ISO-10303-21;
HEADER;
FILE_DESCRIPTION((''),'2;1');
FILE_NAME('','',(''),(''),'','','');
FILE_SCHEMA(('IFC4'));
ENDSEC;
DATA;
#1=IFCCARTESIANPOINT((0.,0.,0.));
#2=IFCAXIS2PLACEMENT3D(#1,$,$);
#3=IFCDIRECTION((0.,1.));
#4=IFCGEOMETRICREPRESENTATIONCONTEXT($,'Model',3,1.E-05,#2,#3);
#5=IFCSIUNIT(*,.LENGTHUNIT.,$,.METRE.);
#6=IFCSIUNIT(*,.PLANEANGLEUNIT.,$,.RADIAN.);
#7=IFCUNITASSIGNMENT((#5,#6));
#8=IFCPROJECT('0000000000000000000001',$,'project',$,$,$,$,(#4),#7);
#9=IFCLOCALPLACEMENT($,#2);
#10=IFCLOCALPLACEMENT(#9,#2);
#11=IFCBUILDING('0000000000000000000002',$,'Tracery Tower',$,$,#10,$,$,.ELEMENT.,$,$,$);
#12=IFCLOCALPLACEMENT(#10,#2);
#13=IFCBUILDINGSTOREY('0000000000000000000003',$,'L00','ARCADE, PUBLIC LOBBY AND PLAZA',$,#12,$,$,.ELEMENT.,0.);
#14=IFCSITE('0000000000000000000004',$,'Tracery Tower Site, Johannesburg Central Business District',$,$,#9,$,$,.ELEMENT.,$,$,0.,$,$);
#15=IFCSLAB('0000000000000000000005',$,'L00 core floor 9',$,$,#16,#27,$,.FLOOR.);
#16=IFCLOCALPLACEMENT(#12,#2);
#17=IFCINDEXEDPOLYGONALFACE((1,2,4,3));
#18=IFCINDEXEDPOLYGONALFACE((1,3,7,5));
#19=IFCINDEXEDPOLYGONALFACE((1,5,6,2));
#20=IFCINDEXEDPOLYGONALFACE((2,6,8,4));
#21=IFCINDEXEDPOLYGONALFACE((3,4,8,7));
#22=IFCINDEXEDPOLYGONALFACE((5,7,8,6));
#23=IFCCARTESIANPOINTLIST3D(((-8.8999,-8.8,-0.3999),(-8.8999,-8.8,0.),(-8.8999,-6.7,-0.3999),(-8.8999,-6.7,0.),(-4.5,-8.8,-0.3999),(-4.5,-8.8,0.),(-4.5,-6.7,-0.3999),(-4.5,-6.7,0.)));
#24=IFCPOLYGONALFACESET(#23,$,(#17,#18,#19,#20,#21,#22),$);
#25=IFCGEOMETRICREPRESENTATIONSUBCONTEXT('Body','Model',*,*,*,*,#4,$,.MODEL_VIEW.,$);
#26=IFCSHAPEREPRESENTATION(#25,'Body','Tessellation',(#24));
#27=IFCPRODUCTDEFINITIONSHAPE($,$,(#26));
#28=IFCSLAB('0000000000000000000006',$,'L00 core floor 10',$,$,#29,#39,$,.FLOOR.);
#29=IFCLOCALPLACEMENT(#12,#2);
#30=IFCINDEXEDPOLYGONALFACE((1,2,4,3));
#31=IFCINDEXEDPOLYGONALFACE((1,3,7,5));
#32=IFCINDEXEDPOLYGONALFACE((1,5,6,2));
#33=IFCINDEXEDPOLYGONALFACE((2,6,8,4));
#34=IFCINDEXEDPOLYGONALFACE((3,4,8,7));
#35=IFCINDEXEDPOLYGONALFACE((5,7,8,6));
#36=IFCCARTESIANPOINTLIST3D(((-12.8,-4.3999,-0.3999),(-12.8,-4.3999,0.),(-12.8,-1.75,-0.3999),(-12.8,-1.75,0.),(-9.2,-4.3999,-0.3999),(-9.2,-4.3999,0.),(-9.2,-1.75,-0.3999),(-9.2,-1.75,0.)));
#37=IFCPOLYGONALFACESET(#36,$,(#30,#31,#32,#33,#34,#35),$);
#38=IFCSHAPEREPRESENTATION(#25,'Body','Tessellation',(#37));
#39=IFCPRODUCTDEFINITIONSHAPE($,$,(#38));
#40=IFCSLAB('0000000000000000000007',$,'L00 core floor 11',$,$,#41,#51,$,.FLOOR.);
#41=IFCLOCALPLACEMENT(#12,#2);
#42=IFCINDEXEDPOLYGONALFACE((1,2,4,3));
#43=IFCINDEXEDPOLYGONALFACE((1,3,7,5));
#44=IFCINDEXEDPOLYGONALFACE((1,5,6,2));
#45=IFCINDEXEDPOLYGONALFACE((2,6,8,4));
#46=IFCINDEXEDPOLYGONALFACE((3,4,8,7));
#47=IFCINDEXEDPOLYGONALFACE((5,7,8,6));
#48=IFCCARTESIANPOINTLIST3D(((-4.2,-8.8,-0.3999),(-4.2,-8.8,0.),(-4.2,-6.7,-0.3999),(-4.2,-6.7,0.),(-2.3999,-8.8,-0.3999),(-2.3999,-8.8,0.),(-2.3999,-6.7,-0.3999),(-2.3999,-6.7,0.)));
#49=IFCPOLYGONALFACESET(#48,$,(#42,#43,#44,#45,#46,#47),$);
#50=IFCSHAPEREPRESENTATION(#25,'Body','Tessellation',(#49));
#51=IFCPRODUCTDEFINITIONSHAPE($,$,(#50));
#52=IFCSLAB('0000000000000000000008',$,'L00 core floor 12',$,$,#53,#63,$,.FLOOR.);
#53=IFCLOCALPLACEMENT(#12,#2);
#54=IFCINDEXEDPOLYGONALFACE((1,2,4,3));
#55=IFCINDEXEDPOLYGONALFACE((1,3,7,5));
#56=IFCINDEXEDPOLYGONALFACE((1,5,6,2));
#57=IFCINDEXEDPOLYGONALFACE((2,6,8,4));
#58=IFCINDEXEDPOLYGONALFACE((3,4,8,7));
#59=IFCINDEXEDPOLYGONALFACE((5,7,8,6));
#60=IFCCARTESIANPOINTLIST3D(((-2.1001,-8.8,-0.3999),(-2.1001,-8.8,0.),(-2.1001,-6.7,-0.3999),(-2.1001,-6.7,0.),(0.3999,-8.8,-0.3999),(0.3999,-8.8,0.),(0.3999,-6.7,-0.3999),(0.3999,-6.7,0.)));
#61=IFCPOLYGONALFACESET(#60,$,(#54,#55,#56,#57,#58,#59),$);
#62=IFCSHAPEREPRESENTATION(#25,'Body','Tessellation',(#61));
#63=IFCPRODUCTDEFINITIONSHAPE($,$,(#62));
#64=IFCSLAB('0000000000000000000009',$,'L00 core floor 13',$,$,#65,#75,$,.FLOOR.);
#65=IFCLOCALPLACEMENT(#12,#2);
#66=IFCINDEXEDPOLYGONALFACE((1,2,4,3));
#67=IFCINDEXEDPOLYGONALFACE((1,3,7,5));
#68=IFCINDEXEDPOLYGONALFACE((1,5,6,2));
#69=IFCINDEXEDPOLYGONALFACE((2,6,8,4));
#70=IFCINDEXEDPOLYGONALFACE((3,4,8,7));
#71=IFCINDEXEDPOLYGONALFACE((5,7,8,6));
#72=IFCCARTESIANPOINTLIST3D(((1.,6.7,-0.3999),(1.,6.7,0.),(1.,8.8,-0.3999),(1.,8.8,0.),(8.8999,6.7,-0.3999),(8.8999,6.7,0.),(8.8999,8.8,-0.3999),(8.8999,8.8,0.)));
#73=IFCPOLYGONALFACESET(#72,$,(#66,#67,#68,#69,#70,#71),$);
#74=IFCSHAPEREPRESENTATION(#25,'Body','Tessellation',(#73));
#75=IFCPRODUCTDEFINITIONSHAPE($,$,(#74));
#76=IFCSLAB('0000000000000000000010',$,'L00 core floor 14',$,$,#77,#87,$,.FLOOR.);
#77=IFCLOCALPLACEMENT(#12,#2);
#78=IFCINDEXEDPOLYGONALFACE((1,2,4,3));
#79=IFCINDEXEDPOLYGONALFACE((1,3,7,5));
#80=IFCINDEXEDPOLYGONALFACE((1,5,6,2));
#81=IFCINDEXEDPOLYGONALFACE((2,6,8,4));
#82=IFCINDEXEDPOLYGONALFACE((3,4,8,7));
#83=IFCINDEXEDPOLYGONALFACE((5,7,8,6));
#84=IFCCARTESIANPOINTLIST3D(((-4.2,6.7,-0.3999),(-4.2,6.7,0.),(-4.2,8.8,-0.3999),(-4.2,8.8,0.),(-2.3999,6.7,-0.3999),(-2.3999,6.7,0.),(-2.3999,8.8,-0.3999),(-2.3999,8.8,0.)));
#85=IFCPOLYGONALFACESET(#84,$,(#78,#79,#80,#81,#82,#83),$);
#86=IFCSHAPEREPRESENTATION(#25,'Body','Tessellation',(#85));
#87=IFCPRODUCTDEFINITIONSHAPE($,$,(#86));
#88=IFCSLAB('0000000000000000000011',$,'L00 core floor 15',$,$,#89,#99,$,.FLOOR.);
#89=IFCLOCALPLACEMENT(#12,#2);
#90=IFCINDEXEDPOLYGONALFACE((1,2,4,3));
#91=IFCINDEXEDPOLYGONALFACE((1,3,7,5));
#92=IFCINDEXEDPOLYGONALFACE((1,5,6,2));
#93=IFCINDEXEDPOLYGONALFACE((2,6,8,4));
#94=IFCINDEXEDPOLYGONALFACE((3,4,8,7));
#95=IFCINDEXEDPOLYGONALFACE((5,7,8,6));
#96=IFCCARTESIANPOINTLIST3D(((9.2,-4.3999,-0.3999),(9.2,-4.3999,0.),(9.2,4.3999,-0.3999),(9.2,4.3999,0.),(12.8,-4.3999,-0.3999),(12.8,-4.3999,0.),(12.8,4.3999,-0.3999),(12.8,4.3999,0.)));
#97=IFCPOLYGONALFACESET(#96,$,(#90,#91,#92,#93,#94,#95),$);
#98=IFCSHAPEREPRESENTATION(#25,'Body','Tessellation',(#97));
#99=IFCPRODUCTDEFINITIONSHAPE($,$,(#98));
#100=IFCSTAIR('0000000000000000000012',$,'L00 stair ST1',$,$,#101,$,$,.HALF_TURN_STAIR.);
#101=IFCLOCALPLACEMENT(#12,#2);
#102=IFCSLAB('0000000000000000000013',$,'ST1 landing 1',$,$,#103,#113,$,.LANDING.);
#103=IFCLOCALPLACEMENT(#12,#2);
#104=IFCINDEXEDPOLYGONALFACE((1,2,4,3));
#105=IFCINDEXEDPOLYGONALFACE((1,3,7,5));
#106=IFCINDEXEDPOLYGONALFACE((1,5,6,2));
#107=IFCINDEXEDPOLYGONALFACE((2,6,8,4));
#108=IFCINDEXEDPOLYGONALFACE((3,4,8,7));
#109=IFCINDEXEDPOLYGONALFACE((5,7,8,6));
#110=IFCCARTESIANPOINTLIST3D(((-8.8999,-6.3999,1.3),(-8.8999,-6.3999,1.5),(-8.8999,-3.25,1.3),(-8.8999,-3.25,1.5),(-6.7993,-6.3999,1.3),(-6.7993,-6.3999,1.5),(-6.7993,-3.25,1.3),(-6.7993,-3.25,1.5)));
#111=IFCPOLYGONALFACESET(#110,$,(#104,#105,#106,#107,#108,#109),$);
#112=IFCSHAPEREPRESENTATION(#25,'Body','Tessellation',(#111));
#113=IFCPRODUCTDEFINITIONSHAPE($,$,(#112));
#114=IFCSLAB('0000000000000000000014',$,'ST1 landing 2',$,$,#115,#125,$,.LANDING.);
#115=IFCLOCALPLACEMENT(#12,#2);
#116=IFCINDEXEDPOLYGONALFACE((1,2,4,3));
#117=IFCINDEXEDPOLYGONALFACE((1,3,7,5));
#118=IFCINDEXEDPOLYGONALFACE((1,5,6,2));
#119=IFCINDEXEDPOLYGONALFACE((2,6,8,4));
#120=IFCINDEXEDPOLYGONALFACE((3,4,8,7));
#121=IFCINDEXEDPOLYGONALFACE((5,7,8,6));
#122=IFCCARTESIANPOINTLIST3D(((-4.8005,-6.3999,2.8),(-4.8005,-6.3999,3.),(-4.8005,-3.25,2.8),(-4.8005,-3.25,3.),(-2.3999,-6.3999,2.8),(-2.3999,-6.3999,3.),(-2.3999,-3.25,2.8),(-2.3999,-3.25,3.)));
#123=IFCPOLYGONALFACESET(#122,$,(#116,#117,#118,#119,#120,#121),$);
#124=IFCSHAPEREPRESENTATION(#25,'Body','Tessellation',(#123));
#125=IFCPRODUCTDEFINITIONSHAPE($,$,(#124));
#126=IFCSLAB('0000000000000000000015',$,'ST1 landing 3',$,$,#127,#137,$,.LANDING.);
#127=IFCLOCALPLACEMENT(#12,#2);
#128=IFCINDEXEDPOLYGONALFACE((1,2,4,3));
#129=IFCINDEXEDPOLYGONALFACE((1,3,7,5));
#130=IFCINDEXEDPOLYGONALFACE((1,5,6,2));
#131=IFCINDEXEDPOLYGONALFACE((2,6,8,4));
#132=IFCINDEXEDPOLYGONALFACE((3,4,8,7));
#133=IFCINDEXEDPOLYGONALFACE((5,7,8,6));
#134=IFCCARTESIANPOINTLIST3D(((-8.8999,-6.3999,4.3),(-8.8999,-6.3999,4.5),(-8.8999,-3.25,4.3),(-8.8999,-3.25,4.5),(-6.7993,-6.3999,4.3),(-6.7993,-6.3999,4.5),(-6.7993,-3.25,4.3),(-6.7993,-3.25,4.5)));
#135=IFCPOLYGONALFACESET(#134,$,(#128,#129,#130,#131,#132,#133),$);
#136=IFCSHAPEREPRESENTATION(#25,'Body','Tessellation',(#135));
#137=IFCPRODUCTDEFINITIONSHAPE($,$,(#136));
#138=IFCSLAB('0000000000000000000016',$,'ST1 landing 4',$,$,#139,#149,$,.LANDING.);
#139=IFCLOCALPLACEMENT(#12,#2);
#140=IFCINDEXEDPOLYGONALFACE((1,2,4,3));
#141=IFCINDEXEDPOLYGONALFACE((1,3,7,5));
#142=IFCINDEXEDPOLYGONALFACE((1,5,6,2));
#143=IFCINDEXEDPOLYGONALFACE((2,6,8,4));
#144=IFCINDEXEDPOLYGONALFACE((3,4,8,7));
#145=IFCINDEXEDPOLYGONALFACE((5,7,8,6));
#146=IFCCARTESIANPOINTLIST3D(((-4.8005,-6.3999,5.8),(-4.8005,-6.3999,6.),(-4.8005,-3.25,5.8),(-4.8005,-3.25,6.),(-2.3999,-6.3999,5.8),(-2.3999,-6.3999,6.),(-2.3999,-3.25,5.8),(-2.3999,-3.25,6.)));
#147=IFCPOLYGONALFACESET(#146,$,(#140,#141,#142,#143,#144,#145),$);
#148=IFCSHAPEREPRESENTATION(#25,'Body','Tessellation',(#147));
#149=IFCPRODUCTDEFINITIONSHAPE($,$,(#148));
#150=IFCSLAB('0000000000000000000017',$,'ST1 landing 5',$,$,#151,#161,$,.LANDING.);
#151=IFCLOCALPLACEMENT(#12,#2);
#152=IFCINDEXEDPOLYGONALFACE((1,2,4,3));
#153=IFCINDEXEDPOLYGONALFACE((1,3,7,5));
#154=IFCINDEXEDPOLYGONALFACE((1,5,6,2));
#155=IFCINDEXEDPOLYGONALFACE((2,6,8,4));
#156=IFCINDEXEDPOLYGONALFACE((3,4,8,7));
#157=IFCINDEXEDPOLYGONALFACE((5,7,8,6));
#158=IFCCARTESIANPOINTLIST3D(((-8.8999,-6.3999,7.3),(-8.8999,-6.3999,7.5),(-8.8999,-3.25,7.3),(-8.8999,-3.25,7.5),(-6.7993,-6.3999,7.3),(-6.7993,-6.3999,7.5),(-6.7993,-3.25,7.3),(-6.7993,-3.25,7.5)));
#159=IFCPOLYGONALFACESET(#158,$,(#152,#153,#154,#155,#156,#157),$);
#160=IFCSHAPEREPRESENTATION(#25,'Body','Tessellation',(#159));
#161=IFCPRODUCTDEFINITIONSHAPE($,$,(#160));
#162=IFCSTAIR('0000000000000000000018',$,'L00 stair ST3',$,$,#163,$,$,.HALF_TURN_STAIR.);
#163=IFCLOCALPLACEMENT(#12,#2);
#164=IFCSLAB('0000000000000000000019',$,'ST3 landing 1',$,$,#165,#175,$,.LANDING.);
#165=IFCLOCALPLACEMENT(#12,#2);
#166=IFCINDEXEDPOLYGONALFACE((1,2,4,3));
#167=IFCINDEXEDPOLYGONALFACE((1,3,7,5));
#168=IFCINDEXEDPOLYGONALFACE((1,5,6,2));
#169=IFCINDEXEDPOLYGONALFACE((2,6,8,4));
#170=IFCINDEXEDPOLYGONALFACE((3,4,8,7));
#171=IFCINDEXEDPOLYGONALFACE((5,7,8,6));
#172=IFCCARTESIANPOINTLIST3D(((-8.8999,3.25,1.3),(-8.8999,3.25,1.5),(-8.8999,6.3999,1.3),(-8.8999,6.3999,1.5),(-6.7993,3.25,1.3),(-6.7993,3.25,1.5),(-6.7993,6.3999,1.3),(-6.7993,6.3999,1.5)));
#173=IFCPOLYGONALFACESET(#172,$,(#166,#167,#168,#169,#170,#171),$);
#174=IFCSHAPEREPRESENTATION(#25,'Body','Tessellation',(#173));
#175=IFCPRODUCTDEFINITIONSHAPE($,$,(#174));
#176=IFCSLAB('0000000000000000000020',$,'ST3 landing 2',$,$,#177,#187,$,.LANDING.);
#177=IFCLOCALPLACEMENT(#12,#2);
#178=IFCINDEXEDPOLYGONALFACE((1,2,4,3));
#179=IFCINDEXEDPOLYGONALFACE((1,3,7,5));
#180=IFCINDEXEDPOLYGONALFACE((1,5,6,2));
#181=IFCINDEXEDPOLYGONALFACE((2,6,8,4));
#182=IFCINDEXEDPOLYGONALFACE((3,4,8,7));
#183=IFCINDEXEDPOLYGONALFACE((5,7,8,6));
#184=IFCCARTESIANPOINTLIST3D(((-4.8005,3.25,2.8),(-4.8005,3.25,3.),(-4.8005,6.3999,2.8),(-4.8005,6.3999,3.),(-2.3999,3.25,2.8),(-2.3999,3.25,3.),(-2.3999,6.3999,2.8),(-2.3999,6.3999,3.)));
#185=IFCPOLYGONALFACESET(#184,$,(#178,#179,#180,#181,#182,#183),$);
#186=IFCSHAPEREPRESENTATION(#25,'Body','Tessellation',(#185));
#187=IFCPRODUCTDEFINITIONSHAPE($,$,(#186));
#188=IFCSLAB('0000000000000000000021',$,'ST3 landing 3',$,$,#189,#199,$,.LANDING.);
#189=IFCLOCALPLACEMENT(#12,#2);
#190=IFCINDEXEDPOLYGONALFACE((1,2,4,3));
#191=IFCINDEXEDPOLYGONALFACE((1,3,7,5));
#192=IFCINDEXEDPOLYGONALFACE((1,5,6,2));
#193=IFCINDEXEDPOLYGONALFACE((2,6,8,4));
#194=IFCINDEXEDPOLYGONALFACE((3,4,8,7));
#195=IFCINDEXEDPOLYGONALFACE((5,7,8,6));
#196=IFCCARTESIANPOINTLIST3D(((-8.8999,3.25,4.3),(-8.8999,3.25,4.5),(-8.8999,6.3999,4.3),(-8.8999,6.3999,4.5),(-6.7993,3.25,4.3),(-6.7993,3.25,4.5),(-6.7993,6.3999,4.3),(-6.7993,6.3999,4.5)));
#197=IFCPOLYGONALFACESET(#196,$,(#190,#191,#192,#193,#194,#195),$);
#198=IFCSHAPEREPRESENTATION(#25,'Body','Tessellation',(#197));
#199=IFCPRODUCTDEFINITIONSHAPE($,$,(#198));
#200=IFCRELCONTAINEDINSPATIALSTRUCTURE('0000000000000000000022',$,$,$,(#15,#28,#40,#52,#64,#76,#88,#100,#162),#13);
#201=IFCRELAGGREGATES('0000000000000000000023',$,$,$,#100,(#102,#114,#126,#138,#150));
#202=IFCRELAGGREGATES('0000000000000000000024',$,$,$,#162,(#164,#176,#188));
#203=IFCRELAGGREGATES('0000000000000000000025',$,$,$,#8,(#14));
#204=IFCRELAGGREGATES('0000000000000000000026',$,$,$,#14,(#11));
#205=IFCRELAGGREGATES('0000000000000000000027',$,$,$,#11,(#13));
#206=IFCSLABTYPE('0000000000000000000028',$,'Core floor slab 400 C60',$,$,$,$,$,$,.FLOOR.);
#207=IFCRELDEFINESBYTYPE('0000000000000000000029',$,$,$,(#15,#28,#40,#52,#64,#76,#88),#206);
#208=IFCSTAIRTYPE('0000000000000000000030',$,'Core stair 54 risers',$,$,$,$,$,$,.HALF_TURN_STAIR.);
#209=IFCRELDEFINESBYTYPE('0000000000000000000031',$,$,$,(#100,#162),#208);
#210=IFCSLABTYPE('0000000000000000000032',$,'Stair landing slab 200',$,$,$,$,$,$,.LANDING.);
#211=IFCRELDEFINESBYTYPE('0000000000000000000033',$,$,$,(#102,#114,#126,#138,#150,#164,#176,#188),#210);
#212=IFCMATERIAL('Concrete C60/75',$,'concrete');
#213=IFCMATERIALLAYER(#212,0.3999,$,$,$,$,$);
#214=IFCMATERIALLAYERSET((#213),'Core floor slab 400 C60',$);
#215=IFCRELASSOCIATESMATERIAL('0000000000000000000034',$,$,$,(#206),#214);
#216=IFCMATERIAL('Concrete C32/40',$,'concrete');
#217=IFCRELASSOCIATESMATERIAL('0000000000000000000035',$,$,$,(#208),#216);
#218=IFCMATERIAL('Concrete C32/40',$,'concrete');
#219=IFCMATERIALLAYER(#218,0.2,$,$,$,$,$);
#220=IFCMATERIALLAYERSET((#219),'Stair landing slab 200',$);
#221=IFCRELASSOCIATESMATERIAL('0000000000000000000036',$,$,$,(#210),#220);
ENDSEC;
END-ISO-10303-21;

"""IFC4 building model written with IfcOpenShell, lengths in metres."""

from ifc_helpers import new_model, si_unit, direction, frame, origin, place, context, subcontext, project, spatial, polyline, outline, extrude, material, layer, layer_set, type_object, element, aggregate, save


model = new_model("IFC4")

# Units and contexts
model_context = context("Model", 3, precision=1e-05, world=origin(), true_north=direction((0.0, 1.0)))
body_context = subcontext(model_context, "Body", "Model", "MODEL_VIEW")
ifc_project = project(units=[si_unit("LENGTHUNIT", "METRE"), si_unit("PLANEANGLEUNIT", "RADIAN")], contexts=[model_context])

# Site, building, storey
site_placement = place(None, origin())
site = spatial("IfcSite", under=ifc_project, at=site_placement, Name="Tracery Tower Site, Johannesburg Central Business District", CompositionType="ELEMENT", RefElevation=0.0)
building_placement = place(site_placement, origin())
building = spatial("IfcBuilding", under=site, at=building_placement, Name="Tracery Tower", CompositionType="ELEMENT")
storey_placement = place(building_placement, origin())
storey = spatial("IfcBuildingStorey", under=building, at=storey_placement, Name="L00", Description="ARCADE, PUBLIC LOBBY AND PLAZA", CompositionType="ELEMENT", Elevation=0.0)

# Slabs
ifc_material_1 = material(Name="Concrete C60/75", Category="concrete")
ifc_layer_1 = layer(ifc_material_1, 0.3999)
ifc_layer_set_1 = layer_set([ifc_layer_1], Name="Core floor slab 400 C60")
slab_type_1 = type_object("IfcSlabType", Name="Core floor slab 400 C60", PredefinedType="FLOOR", material=ifc_layer_set_1)
slab_1_placement = place(storey_placement, frame((0.0, 0.0, -0.3999)))
element("IfcSlab", 1, at=slab_1_placement, inside=storey, type_object=slab_type_1, Name="L00 core floor 9", PredefinedType="FLOOR", context=body_context, shape_type="SweptSolid", body=[
    extrude(outline(polyline([(-8.8999, -8.8), (-8.8999, -6.7), (-4.5, -6.7), (-4.5, -8.8), (-8.8999, -8.8)])), origin(), (0.0, 0.0, 1.0), 0.3999),
])
slab_2_placement = place(storey_placement, frame((0.0, 0.0, -0.3999)))
element("IfcSlab", 2, at=slab_2_placement, inside=storey, type_object=slab_type_1, Name="L00 core floor 10", PredefinedType="FLOOR", context=body_context, shape_type="SweptSolid", body=[
    extrude(outline(polyline([(-12.8, -4.3999), (-12.8, -1.75), (-9.2, -1.75), (-9.2, -4.3999), (-12.8, -4.3999)])), origin(), (0.0, 0.0, 1.0), 0.3999),
])
slab_3_placement = place(storey_placement, frame((0.0, 0.0, -0.3999)))
element("IfcSlab", 3, at=slab_3_placement, inside=storey, type_object=slab_type_1, Name="L00 core floor 11", PredefinedType="FLOOR", context=body_context, shape_type="SweptSolid", body=[
    extrude(outline(polyline([(-2.3999, -6.7), (-2.3999, -8.8), (-4.2, -8.8), (-4.2, -6.7), (-2.3999, -6.7)])), origin(), (0.0, 0.0, 1.0), 0.3999),
])
slab_4_placement = place(storey_placement, frame((0.0, 0.0, -0.3999)))
element("IfcSlab", 4, at=slab_4_placement, inside=storey, type_object=slab_type_1, Name="L00 core floor 12", PredefinedType="FLOOR", context=body_context, shape_type="SweptSolid", body=[
    extrude(outline(polyline([(0.3999, -6.7), (0.3999, -8.8), (-2.1001, -8.8), (-2.1001, -6.7), (0.3999, -6.7)])), origin(), (0.0, 0.0, 1.0), 0.3999),
])
slab_5_placement = place(storey_placement, frame((0.0, 0.0, -0.3999)))
element("IfcSlab", 5, at=slab_5_placement, inside=storey, type_object=slab_type_1, Name="L00 core floor 13", PredefinedType="FLOOR", context=body_context, shape_type="SweptSolid", body=[
    extrude(outline(polyline([(1.0, 8.8), (8.8999, 8.8), (8.8999, 6.7), (1.0, 6.7), (1.0, 8.8)])), origin(), (0.0, 0.0, 1.0), 0.3999),
])
slab_6_placement = place(storey_placement, frame((0.0, 0.0, -0.3999)))
element("IfcSlab", 6, at=slab_6_placement, inside=storey, type_object=slab_type_1, Name="L00 core floor 14", PredefinedType="FLOOR", context=body_context, shape_type="SweptSolid", body=[
    extrude(outline(polyline([(-2.3999, 8.8), (-2.3999, 6.7), (-4.2, 6.7), (-4.2, 8.8), (-2.3999, 8.8)])), origin(), (0.0, 0.0, 1.0), 0.3999),
])
slab_7_placement = place(storey_placement, frame((0.0, 0.0, -0.3999)))
element("IfcSlab", 7, at=slab_7_placement, inside=storey, type_object=slab_type_1, Name="L00 core floor 15", PredefinedType="FLOOR", context=body_context, shape_type="SweptSolid", body=[
    extrude(outline(polyline([(12.8, -4.3999), (9.2, -4.3999), (9.2, 4.3999), (12.8, 4.3999), (12.8, -4.3999)])), origin(), (0.0, 0.0, 1.0), 0.3999),
])

# Stairs, slabs
ifc_material_2 = material(Name="Concrete C32/40", Category="concrete")
stair_type = type_object("IfcStairType", Name="Core stair 54 risers", PredefinedType="HALF_TURN_STAIR", material=ifc_material_2)
stair_1_placement = place(storey_placement, origin())
stair_1 = element("IfcStair", 8, at=stair_1_placement, inside=storey, type_object=stair_type, Name="L00 stair ST1", PredefinedType="HALF_TURN_STAIR")
ifc_material_3 = material(Name="Concrete C32/40", Category="concrete")
ifc_layer_2 = layer(ifc_material_3, 0.2)
ifc_layer_set_2 = layer_set([ifc_layer_2], Name="Stair landing slab 200")
slab_type_2 = type_object("IfcSlabType", Name="Stair landing slab 200", PredefinedType="LANDING", material=ifc_layer_set_2)
slab_8_placement = place(storey_placement, frame((0.0, 0.0, 1.3)))
slab_8 = element("IfcSlab", 9, at=slab_8_placement, type_object=slab_type_2, Name="ST1 landing 1", PredefinedType="LANDING", context=body_context, shape_type="SweptSolid", body=[
    extrude(outline(polyline([(-6.7993, -3.25), (-8.8999, -3.25), (-8.8999, -6.3999), (-6.7993, -6.3999), (-6.7993, -3.25)])), origin(), (0.0, 0.0, 1.0), 0.2),
])
slab_9_placement = place(storey_placement, frame((0.0, 0.0, 2.8)))
slab_9 = element("IfcSlab", 10, at=slab_9_placement, type_object=slab_type_2, Name="ST1 landing 2", PredefinedType="LANDING", context=body_context, shape_type="SweptSolid", body=[
    extrude(outline(polyline([(-2.3999, -3.25), (-4.8005, -3.25), (-4.8005, -6.3999), (-2.3999, -6.3999), (-2.3999, -3.25)])), origin(), (0.0, 0.0, 1.0), 0.2),
])
slab_10_placement = place(storey_placement, frame((0.0, 0.0, 4.3)))
slab_10 = element("IfcSlab", 11, at=slab_10_placement, type_object=slab_type_2, Name="ST1 landing 3", PredefinedType="LANDING", context=body_context, shape_type="SweptSolid", body=[
    extrude(outline(polyline([(-6.7993, -3.25), (-8.8999, -3.25), (-8.8999, -6.3999), (-6.7993, -6.3999), (-6.7993, -3.25)])), origin(), (0.0, 0.0, 1.0), 0.2),
])
slab_11_placement = place(storey_placement, frame((0.0, 0.0, 5.8)))
slab_11 = element("IfcSlab", 12, at=slab_11_placement, type_object=slab_type_2, Name="ST1 landing 4", PredefinedType="LANDING", context=body_context, shape_type="SweptSolid", body=[
    extrude(outline(polyline([(-2.3999, -3.25), (-4.8005, -3.25), (-4.8005, -6.3999), (-2.3999, -6.3999), (-2.3999, -3.25)])), origin(), (0.0, 0.0, 1.0), 0.2),
])
slab_12_placement = place(storey_placement, frame((0.0, 0.0, 7.3)))
slab_12 = element("IfcSlab", 13, at=slab_12_placement, type_object=slab_type_2, Name="ST1 landing 5", PredefinedType="LANDING", context=body_context, shape_type="SweptSolid", body=[
    extrude(outline(polyline([(-6.7993, -3.25), (-8.8999, -3.25), (-8.8999, -6.3999), (-6.7993, -6.3999), (-6.7993, -3.25)])), origin(), (0.0, 0.0, 1.0), 0.2),
])
aggregate(stair_1, [slab_8, slab_9, slab_10, slab_11, slab_12])
stair_2_placement = place(storey_placement, origin())
stair_2 = element("IfcStair", 14, at=stair_2_placement, inside=storey, type_object=stair_type, Name="L00 stair ST3", PredefinedType="HALF_TURN_STAIR")
slab_13_placement = place(storey_placement, frame((0.0, 0.0, 1.3)))
slab_13 = element("IfcSlab", 15, at=slab_13_placement, type_object=slab_type_2, Name="ST3 landing 1", PredefinedType="LANDING", context=body_context, shape_type="SweptSolid", body=[
    extrude(outline(polyline([(-6.7993, 6.3999), (-8.8999, 6.3999), (-8.8999, 3.25), (-6.7993, 3.25), (-6.7993, 6.3999)])), origin(), (0.0, 0.0, 1.0), 0.2),
])
slab_14_placement = place(storey_placement, frame((0.0, 0.0, 2.8)))
slab_14 = element("IfcSlab", 16, at=slab_14_placement, type_object=slab_type_2, Name="ST3 landing 2", PredefinedType="LANDING", context=body_context, shape_type="SweptSolid", body=[
    extrude(outline(polyline([(-2.3999, 6.3999), (-4.8005, 6.3999), (-4.8005, 3.25), (-2.3999, 3.25), (-2.3999, 6.3999)])), origin(), (0.0, 0.0, 1.0), 0.2),
])
slab_15_placement = place(storey_placement, frame((0.0, 0.0, 4.3)))
slab_15 = element("IfcSlab", 17, at=slab_15_placement, type_object=slab_type_2, Name="ST3 landing 3", PredefinedType="LANDING", context=body_context, shape_type="SweptSolid", body=[
    extrude(outline(polyline([(-6.7993, 6.3999), (-8.8999, 6.3999), (-8.8999, 3.25), (-6.7993, 3.25), (-6.7993, 6.3999)])), origin(), (0.0, 0.0, 1.0), 0.2),
])
aggregate(stair_2, [slab_13, slab_14, slab_15])

save(model, "model.ifc")
